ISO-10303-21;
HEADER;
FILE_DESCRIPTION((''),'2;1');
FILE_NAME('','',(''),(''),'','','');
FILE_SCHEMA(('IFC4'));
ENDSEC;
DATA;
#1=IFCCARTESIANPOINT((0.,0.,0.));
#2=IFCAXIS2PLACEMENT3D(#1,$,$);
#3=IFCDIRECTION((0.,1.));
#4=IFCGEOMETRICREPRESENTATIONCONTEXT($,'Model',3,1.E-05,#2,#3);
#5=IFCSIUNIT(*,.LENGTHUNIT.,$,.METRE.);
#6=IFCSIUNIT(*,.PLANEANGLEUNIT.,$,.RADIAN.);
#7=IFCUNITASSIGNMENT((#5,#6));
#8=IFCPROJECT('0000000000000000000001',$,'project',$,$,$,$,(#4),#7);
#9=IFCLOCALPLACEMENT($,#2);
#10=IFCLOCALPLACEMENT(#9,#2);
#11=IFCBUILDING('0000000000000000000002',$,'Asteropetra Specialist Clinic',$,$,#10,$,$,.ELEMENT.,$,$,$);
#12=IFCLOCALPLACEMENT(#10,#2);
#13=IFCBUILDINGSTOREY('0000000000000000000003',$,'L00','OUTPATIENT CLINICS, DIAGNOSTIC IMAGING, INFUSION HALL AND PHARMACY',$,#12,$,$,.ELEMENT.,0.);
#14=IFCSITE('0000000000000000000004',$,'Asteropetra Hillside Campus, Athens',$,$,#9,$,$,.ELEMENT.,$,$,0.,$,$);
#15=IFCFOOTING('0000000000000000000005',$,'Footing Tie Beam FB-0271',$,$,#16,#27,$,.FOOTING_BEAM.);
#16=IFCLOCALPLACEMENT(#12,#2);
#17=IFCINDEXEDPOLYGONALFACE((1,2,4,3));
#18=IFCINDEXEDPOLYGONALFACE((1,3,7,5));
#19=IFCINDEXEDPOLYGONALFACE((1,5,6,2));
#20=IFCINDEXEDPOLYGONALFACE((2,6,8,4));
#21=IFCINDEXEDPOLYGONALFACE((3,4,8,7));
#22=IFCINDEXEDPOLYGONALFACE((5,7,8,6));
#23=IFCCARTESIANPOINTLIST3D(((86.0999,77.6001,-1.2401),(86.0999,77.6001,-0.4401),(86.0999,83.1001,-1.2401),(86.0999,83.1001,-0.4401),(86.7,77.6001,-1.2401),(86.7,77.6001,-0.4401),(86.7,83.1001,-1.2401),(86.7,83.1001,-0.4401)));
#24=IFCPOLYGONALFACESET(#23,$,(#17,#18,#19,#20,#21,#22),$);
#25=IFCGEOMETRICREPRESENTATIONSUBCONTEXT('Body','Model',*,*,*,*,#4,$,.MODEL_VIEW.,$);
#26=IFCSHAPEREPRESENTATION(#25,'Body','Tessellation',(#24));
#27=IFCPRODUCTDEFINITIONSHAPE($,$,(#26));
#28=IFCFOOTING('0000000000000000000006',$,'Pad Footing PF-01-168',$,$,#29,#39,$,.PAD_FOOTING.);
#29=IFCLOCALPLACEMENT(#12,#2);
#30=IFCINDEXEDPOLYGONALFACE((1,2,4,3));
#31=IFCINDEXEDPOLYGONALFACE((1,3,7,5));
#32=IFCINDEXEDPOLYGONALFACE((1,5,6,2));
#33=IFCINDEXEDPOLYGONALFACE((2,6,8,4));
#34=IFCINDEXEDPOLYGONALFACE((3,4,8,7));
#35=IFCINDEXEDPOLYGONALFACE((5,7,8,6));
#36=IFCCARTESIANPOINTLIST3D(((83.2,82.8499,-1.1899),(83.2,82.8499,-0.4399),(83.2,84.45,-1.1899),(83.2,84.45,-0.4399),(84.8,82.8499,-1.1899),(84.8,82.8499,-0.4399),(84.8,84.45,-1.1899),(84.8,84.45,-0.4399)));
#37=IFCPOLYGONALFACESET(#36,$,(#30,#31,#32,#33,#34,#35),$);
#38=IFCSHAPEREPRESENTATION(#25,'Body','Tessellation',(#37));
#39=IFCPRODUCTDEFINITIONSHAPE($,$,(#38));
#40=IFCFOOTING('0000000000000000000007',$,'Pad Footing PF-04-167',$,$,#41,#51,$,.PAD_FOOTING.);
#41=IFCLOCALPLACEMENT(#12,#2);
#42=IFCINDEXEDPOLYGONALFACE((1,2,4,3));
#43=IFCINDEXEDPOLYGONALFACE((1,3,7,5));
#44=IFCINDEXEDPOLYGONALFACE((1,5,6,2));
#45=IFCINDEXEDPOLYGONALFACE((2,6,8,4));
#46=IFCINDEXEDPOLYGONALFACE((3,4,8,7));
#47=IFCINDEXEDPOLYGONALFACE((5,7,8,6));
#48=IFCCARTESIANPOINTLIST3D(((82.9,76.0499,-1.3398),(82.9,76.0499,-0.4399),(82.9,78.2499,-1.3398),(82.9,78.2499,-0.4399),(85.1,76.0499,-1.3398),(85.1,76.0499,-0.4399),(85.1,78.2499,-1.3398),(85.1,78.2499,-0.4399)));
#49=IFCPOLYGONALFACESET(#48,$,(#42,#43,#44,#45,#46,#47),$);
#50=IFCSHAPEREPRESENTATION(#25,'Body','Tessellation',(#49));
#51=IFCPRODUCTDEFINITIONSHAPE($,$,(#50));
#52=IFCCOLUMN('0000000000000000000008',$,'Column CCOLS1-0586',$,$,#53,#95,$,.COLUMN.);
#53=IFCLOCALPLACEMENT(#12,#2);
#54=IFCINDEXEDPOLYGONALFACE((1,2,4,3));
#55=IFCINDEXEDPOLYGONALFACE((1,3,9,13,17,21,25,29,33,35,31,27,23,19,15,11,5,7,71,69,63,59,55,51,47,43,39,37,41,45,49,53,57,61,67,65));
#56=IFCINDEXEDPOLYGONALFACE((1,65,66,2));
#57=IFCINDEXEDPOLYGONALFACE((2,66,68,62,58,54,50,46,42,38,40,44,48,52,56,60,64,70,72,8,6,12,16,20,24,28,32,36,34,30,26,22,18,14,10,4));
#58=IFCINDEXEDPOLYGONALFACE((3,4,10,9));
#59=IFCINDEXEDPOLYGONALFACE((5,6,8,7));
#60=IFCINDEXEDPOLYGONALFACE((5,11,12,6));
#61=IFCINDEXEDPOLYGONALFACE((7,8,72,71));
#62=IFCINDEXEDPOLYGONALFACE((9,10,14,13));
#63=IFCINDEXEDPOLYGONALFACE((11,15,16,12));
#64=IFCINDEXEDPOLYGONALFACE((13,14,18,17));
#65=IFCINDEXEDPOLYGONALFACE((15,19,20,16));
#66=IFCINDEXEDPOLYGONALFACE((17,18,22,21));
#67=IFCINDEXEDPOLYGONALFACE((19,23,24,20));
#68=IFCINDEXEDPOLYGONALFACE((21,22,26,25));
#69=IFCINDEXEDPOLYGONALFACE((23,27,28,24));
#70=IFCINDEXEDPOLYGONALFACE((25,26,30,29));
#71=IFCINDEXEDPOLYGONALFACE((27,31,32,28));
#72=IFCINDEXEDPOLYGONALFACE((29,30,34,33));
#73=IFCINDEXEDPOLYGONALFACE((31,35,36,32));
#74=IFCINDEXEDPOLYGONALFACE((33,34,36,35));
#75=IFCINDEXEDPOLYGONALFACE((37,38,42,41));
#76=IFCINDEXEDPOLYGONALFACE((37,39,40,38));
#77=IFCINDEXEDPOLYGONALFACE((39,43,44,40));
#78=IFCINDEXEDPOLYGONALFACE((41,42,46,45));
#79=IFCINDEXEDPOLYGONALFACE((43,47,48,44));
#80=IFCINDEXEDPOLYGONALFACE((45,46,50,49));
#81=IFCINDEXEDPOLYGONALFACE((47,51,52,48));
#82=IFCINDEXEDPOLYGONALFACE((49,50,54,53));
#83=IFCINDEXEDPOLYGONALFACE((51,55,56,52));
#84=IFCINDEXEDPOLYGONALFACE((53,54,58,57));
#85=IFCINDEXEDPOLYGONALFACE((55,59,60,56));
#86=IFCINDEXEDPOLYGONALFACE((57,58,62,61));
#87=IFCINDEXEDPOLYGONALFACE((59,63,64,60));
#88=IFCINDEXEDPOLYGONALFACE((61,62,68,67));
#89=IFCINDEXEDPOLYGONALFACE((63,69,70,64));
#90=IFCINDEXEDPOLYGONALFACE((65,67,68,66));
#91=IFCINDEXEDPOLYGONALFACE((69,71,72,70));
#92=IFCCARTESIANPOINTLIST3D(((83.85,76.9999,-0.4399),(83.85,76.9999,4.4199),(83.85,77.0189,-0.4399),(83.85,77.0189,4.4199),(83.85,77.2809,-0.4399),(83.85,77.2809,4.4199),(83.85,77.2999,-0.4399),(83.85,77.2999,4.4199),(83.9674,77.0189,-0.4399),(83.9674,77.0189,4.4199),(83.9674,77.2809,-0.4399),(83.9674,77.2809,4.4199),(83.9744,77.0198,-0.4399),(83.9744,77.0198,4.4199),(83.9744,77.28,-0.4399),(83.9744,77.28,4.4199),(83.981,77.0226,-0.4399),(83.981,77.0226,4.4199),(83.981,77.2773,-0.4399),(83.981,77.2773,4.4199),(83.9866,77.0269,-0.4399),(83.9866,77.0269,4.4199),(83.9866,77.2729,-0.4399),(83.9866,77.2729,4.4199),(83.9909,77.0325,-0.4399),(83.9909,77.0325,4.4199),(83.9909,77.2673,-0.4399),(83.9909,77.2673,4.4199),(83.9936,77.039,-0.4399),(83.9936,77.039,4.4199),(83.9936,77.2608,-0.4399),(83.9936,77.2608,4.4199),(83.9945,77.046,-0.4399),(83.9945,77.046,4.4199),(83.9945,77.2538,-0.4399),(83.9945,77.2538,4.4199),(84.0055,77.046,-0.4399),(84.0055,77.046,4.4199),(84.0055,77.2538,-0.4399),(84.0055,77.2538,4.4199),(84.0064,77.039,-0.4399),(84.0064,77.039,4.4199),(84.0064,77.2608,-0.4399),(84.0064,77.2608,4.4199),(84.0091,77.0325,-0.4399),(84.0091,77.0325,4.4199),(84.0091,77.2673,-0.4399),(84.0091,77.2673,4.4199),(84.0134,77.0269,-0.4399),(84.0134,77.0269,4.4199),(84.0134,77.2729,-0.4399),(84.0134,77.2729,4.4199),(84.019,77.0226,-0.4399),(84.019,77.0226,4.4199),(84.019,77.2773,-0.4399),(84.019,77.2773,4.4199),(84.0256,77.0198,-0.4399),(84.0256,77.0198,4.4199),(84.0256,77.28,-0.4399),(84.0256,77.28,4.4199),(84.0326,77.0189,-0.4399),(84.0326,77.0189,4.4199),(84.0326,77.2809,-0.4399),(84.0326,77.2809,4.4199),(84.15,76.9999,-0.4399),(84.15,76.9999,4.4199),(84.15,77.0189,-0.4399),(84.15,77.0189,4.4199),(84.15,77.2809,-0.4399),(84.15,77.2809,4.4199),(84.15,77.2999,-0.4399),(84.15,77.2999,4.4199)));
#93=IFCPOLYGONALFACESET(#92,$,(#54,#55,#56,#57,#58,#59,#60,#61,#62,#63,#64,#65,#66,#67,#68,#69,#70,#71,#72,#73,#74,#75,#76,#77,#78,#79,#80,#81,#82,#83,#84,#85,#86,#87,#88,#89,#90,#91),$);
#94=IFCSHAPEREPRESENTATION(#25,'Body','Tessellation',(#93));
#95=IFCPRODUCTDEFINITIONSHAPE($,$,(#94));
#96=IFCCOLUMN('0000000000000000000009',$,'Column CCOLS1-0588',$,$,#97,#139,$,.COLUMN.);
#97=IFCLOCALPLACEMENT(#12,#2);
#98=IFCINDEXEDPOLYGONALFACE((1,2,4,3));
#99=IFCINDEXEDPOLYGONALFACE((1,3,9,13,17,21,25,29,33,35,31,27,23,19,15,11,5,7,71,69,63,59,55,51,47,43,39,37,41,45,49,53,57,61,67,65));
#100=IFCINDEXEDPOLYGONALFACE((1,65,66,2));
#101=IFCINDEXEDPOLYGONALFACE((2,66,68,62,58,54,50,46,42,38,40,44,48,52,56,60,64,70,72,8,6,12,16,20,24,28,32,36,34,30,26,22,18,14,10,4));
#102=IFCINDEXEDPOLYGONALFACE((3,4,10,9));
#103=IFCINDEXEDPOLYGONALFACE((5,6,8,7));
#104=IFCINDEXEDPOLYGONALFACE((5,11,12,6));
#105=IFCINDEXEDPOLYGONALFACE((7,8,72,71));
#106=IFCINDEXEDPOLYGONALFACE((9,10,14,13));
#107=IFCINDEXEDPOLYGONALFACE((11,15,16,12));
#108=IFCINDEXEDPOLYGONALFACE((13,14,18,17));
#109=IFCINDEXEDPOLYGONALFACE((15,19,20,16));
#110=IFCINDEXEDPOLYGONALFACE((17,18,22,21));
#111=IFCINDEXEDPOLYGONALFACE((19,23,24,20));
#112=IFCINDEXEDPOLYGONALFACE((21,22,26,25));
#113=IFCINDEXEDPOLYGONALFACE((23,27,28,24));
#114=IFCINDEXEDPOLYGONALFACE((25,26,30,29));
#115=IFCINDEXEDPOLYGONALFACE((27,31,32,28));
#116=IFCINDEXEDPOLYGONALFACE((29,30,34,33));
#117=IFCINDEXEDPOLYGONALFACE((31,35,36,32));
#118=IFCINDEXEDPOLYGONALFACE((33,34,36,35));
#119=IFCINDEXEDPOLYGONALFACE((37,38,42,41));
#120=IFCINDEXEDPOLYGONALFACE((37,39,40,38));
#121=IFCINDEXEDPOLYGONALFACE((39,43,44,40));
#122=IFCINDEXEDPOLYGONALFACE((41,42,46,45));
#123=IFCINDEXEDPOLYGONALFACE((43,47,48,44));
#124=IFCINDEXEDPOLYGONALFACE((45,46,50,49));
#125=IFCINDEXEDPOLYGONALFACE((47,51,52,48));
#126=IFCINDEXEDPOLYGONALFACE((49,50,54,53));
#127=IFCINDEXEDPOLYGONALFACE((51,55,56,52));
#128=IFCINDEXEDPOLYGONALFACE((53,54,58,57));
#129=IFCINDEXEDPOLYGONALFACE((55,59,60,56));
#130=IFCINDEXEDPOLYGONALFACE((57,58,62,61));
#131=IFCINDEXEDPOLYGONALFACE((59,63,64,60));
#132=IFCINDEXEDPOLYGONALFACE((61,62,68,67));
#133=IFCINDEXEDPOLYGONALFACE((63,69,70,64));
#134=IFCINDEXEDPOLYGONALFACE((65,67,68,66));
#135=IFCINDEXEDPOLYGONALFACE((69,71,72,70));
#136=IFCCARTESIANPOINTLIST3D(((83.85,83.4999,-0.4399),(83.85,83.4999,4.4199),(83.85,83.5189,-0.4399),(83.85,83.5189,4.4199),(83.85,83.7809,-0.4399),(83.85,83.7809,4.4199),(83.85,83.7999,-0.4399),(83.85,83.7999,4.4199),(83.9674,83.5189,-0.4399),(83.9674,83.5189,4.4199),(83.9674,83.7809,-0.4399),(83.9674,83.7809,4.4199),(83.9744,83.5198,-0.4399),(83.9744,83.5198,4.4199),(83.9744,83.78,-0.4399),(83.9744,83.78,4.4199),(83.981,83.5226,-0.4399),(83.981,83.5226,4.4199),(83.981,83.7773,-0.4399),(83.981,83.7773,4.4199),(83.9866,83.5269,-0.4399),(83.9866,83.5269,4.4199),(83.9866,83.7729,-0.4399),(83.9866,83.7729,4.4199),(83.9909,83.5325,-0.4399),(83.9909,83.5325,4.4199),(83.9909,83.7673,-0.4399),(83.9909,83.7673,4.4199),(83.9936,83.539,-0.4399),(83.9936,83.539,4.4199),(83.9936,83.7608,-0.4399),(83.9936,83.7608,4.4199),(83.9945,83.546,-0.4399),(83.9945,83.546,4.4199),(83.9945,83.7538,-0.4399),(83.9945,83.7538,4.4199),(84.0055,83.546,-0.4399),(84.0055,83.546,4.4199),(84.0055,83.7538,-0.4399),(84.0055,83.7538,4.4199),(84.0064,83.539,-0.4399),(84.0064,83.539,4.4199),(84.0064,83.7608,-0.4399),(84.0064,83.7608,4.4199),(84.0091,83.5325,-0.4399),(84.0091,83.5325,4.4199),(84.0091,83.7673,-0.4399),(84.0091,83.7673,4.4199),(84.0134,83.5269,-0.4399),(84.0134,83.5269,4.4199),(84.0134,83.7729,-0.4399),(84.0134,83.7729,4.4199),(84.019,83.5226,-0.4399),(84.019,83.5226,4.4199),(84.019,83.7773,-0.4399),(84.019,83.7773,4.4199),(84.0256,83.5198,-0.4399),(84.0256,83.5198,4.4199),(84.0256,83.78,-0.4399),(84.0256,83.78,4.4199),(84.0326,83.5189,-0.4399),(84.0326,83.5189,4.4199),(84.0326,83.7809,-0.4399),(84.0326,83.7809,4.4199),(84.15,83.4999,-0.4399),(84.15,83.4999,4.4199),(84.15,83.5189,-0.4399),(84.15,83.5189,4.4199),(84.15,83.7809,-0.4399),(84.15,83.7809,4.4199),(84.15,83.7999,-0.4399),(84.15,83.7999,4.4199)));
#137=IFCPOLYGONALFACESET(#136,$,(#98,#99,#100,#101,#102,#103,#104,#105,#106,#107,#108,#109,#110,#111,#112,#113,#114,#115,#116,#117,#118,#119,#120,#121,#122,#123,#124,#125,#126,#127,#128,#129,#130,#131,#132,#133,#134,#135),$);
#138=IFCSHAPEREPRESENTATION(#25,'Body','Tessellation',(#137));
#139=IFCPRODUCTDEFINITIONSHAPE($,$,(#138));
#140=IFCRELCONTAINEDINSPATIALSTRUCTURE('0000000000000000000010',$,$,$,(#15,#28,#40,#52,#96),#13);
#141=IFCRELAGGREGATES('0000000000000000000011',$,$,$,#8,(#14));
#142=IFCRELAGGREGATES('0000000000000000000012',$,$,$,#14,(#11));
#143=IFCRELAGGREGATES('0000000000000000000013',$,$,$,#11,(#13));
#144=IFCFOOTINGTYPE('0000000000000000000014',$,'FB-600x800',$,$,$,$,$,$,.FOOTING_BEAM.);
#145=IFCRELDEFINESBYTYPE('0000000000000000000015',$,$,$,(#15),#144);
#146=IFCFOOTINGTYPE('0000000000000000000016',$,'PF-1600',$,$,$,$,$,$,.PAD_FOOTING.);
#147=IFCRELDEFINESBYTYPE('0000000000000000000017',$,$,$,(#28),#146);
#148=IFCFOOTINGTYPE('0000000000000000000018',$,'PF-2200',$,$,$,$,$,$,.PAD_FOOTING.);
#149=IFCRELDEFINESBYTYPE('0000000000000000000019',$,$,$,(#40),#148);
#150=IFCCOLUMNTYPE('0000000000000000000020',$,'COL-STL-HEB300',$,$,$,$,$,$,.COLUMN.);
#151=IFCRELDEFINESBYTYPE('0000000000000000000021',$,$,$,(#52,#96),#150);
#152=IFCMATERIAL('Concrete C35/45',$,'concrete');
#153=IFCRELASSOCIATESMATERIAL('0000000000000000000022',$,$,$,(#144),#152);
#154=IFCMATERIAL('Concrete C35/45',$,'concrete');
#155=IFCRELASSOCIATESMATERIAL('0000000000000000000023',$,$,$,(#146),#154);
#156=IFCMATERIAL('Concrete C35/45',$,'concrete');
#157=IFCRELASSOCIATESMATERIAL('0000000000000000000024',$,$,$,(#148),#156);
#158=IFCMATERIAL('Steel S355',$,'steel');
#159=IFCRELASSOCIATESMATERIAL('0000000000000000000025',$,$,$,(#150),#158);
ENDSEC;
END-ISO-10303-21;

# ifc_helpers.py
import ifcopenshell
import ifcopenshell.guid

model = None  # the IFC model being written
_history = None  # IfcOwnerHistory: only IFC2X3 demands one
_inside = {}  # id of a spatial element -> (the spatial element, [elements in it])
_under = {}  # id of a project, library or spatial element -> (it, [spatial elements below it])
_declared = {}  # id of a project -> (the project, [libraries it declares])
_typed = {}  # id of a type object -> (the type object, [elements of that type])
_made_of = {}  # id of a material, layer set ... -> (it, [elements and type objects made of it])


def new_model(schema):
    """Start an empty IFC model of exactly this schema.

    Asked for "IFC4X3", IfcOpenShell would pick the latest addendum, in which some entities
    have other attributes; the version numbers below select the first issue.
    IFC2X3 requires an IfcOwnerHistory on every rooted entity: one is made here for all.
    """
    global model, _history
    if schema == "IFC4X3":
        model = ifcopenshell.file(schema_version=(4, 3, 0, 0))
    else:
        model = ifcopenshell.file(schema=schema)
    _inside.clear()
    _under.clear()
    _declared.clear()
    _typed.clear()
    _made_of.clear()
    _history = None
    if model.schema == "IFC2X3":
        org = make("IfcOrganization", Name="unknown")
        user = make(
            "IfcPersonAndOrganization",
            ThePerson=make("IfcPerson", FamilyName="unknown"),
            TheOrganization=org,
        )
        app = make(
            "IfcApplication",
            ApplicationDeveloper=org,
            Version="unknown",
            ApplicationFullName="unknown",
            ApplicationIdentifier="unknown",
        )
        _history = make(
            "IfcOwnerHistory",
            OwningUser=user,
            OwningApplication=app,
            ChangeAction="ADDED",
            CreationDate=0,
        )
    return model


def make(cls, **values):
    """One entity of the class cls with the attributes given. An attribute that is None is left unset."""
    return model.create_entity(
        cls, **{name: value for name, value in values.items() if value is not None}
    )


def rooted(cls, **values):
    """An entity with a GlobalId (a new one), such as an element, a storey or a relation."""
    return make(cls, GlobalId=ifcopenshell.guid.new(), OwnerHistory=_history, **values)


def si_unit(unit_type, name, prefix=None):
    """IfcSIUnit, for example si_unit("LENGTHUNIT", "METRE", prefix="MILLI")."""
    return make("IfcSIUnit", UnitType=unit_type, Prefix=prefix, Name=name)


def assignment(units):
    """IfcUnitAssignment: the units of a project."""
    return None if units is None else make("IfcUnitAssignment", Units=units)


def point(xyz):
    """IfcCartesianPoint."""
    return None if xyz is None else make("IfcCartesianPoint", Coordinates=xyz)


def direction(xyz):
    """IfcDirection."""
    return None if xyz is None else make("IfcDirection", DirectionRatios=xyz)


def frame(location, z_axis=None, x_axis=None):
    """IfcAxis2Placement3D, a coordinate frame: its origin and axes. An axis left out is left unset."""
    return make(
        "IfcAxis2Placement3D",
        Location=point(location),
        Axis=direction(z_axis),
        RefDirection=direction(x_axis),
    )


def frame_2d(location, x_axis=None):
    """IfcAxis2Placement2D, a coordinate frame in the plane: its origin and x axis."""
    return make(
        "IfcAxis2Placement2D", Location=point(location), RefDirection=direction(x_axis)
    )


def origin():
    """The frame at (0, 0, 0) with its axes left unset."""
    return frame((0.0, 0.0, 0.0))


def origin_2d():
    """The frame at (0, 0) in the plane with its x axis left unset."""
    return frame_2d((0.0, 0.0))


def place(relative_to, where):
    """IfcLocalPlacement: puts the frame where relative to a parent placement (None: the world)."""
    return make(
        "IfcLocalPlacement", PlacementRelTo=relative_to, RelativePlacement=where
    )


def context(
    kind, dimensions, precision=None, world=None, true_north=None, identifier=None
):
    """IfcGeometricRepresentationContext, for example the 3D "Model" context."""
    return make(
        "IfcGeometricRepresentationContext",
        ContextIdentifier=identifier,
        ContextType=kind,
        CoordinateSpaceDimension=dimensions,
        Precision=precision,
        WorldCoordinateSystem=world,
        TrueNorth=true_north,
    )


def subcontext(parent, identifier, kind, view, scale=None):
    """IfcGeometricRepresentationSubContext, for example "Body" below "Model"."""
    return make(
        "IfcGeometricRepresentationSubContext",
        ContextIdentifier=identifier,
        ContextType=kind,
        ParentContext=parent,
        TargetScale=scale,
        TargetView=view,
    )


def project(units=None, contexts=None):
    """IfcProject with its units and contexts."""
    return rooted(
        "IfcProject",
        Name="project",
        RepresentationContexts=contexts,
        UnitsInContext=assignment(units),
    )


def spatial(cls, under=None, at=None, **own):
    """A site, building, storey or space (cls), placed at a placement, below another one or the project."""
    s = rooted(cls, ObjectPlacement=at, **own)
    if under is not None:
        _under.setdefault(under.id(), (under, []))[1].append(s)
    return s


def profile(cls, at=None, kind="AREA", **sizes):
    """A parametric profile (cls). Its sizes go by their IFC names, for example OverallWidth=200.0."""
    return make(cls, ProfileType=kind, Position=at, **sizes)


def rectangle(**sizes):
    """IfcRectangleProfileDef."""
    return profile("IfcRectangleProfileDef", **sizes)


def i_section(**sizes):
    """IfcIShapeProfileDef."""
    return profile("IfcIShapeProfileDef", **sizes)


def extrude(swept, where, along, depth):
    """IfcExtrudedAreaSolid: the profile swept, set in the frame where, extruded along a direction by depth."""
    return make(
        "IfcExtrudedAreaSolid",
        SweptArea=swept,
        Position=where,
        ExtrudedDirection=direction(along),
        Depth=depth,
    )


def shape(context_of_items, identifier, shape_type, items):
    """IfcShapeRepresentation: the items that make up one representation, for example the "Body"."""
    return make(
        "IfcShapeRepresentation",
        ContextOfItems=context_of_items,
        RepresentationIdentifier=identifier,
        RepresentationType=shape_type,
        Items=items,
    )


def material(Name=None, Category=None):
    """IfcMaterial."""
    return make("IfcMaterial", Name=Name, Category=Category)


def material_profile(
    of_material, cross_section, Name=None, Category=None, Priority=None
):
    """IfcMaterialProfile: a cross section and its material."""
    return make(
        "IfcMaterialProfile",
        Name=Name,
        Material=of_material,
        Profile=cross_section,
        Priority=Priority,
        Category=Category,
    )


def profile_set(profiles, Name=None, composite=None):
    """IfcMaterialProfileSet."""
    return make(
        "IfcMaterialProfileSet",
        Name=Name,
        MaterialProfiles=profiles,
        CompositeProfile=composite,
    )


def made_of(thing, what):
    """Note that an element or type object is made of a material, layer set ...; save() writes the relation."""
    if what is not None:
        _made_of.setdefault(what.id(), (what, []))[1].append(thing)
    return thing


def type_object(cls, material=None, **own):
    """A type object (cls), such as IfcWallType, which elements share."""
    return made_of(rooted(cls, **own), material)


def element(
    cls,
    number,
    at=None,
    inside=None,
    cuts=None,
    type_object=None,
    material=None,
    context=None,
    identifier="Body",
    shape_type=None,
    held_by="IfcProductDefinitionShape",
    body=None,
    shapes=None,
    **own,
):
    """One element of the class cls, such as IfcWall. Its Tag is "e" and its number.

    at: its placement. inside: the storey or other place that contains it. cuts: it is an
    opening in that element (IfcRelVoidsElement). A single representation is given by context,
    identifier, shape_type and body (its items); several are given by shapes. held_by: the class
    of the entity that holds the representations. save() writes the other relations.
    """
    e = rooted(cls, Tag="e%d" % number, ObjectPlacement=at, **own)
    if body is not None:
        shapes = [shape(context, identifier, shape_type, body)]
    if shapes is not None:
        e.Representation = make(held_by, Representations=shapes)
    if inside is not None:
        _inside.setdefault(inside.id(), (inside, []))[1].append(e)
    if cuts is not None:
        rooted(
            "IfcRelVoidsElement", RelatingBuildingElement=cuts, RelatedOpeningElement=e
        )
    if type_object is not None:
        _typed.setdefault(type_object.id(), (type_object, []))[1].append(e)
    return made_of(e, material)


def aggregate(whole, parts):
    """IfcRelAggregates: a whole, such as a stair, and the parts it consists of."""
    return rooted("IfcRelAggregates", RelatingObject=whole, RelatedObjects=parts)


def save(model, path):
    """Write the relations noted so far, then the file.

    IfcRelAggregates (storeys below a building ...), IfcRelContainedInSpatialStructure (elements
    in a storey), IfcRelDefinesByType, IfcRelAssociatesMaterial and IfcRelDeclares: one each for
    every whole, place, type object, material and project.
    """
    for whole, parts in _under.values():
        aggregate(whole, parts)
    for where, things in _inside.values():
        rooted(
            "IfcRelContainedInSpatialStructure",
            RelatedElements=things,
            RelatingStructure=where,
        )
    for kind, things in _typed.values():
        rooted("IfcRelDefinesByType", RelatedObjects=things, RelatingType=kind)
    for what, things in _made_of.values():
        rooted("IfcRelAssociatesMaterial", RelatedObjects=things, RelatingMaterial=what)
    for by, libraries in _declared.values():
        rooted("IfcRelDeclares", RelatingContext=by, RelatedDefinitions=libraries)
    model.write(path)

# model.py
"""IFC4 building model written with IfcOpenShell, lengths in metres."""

from ifc_helpers import new_model, si_unit, direction, frame, origin, origin_2d, place, context, subcontext, project, spatial, rectangle, i_section, extrude, material, material_profile, profile_set, type_object, element, save


model = new_model("IFC4")

# Units and contexts
model_context = context("Model", 3, precision=1e-05, world=origin(), true_north=direction((0.0, 1.0)))
body_context = subcontext(model_context, "Body", "Model", "MODEL_VIEW")
ifc_project = project(units=[si_unit("LENGTHUNIT", "METRE"), si_unit("PLANEANGLEUNIT", "RADIAN")], contexts=[model_context])

# Site, building, storey
site_placement = place(None, origin())
site = spatial("IfcSite", under=ifc_project, at=site_placement, Name="Asteropetra Hillside Campus, Athens", CompositionType="ELEMENT", RefElevation=0.0)
building_placement = place(site_placement, origin())
building = spatial("IfcBuilding", under=site, at=building_placement, Name="Asteropetra Specialist Clinic", CompositionType="ELEMENT")
storey_placement = place(building_placement, origin())
storey = spatial("IfcBuildingStorey", under=building, at=storey_placement, Name="L00", Description="OUTPATIENT CLINICS, DIAGNOSTIC IMAGING, INFUSION HALL AND PHARMACY", CompositionType="ELEMENT", Elevation=0.0)

# Footings
ifc_material_1 = material(Name="Concrete C35/45", Category="concrete")
ifc_material_profile_1 = material_profile(ifc_material_1, rectangle(XDim=0.6001, YDim=0.8, at=origin_2d()), Name="FB 600x800")
ifc_profile_set_1 = profile_set([ifc_material_profile_1], Name="Concrete C35/45")
footing_type_1 = type_object("IfcFootingType", Name="FB-600x800", PredefinedType="FOOTING_BEAM", material=ifc_profile_set_1)
footing_1_placement = place(storey_placement, frame((86.3999, 77.6001, -0.8401), z_axis=(0.0, 1.0, 0.0), x_axis=(-1.0, 0.0, 0.0)))
element("IfcFooting", 1, at=footing_1_placement, inside=storey, type_object=footing_type_1, Name="Footing Tie Beam FB-0271", PredefinedType="FOOTING_BEAM", context=body_context, shape_type="SweptSolid", body=[
    extrude(rectangle(XDim=0.6001, YDim=0.8, at=origin_2d()), origin(), (0.0, 0.0, 1.0), 5.5),
])
ifc_material_2 = material(Name="Concrete C35/45", Category="concrete")
footing_type_2 = type_object("IfcFootingType", Name="PF-1600", PredefinedType="PAD_FOOTING", material=ifc_material_2)
footing_2_placement = place(storey_placement, frame((84.0, 83.6499, -1.1899), z_axis=(0.0, 0.0, 1.0), x_axis=(1.0, 0.0, 0.0)))
element("IfcFooting", 2, at=footing_2_placement, inside=storey, type_object=footing_type_2, Name="Pad Footing PF-01-168", PredefinedType="PAD_FOOTING", context=body_context, shape_type="SweptSolid", body=[
    extrude(rectangle(XDim=1.6001, YDim=1.6001, at=origin_2d()), origin(), (0.0, 0.0, 1.0), 0.75),
])
ifc_material_3 = material(Name="Concrete C35/45", Category="concrete")
footing_type_3 = type_object("IfcFootingType", Name="PF-2200", PredefinedType="PAD_FOOTING", material=ifc_material_3)
footing_3_placement = place(storey_placement, frame((84.0, 77.1499, -1.3398), z_axis=(0.0, 0.0, 1.0), x_axis=(1.0, 0.0, 0.0)))
element("IfcFooting", 3, at=footing_3_placement, inside=storey, type_object=footing_type_3, Name="Pad Footing PF-04-167", PredefinedType="PAD_FOOTING", context=body_context, shape_type="SweptSolid", body=[
    extrude(rectangle(XDim=2.2, YDim=2.2, at=origin_2d()), origin(), (0.0, 0.0, 1.0), 0.8999),
])

# Columns
ifc_material_4 = material(Name="Steel S355", Category="steel")
ifc_material_profile_2 = material_profile(ifc_material_4, i_section(OverallWidth=0.3, OverallDepth=0.3, WebThickness=0.011, FlangeThickness=0.019, FilletRadius=0.0271, at=origin_2d()), Name="HEB 300")
ifc_profile_set_2 = profile_set([ifc_material_profile_2], Name="Steel S355")
column_type = type_object("IfcColumnType", Name="COL-STL-HEB300", PredefinedType="COLUMN", material=ifc_profile_set_2)
for number, where, z_axis, x_axis, name in (
    (4, (84.0, 77.1499, -0.4399), (0.0, 0.0, 1.0), (1.0, 0.0, 0.0), "Column CCOLS1-0586"),
    (5, (84.0, 83.6499, -0.4399), (0.0, 0.0, 1.0), (1.0, 0.0, 0.0), "Column CCOLS1-0588"),
):
    element("IfcColumn", number, at=place(storey_placement, frame(where, z_axis=z_axis, x_axis=x_axis)), inside=storey, type_object=column_type, Name=name, PredefinedType="COLUMN", context=body_context, shape_type="SweptSolid", body=[
        extrude(i_section(OverallWidth=0.3, OverallDepth=0.3, WebThickness=0.011, FlangeThickness=0.019, FilletRadius=0.0271, at=origin_2d()), origin(), (0.0, 0.0, 1.0), 4.8599),
    ])

save(model, "model.ifc")
